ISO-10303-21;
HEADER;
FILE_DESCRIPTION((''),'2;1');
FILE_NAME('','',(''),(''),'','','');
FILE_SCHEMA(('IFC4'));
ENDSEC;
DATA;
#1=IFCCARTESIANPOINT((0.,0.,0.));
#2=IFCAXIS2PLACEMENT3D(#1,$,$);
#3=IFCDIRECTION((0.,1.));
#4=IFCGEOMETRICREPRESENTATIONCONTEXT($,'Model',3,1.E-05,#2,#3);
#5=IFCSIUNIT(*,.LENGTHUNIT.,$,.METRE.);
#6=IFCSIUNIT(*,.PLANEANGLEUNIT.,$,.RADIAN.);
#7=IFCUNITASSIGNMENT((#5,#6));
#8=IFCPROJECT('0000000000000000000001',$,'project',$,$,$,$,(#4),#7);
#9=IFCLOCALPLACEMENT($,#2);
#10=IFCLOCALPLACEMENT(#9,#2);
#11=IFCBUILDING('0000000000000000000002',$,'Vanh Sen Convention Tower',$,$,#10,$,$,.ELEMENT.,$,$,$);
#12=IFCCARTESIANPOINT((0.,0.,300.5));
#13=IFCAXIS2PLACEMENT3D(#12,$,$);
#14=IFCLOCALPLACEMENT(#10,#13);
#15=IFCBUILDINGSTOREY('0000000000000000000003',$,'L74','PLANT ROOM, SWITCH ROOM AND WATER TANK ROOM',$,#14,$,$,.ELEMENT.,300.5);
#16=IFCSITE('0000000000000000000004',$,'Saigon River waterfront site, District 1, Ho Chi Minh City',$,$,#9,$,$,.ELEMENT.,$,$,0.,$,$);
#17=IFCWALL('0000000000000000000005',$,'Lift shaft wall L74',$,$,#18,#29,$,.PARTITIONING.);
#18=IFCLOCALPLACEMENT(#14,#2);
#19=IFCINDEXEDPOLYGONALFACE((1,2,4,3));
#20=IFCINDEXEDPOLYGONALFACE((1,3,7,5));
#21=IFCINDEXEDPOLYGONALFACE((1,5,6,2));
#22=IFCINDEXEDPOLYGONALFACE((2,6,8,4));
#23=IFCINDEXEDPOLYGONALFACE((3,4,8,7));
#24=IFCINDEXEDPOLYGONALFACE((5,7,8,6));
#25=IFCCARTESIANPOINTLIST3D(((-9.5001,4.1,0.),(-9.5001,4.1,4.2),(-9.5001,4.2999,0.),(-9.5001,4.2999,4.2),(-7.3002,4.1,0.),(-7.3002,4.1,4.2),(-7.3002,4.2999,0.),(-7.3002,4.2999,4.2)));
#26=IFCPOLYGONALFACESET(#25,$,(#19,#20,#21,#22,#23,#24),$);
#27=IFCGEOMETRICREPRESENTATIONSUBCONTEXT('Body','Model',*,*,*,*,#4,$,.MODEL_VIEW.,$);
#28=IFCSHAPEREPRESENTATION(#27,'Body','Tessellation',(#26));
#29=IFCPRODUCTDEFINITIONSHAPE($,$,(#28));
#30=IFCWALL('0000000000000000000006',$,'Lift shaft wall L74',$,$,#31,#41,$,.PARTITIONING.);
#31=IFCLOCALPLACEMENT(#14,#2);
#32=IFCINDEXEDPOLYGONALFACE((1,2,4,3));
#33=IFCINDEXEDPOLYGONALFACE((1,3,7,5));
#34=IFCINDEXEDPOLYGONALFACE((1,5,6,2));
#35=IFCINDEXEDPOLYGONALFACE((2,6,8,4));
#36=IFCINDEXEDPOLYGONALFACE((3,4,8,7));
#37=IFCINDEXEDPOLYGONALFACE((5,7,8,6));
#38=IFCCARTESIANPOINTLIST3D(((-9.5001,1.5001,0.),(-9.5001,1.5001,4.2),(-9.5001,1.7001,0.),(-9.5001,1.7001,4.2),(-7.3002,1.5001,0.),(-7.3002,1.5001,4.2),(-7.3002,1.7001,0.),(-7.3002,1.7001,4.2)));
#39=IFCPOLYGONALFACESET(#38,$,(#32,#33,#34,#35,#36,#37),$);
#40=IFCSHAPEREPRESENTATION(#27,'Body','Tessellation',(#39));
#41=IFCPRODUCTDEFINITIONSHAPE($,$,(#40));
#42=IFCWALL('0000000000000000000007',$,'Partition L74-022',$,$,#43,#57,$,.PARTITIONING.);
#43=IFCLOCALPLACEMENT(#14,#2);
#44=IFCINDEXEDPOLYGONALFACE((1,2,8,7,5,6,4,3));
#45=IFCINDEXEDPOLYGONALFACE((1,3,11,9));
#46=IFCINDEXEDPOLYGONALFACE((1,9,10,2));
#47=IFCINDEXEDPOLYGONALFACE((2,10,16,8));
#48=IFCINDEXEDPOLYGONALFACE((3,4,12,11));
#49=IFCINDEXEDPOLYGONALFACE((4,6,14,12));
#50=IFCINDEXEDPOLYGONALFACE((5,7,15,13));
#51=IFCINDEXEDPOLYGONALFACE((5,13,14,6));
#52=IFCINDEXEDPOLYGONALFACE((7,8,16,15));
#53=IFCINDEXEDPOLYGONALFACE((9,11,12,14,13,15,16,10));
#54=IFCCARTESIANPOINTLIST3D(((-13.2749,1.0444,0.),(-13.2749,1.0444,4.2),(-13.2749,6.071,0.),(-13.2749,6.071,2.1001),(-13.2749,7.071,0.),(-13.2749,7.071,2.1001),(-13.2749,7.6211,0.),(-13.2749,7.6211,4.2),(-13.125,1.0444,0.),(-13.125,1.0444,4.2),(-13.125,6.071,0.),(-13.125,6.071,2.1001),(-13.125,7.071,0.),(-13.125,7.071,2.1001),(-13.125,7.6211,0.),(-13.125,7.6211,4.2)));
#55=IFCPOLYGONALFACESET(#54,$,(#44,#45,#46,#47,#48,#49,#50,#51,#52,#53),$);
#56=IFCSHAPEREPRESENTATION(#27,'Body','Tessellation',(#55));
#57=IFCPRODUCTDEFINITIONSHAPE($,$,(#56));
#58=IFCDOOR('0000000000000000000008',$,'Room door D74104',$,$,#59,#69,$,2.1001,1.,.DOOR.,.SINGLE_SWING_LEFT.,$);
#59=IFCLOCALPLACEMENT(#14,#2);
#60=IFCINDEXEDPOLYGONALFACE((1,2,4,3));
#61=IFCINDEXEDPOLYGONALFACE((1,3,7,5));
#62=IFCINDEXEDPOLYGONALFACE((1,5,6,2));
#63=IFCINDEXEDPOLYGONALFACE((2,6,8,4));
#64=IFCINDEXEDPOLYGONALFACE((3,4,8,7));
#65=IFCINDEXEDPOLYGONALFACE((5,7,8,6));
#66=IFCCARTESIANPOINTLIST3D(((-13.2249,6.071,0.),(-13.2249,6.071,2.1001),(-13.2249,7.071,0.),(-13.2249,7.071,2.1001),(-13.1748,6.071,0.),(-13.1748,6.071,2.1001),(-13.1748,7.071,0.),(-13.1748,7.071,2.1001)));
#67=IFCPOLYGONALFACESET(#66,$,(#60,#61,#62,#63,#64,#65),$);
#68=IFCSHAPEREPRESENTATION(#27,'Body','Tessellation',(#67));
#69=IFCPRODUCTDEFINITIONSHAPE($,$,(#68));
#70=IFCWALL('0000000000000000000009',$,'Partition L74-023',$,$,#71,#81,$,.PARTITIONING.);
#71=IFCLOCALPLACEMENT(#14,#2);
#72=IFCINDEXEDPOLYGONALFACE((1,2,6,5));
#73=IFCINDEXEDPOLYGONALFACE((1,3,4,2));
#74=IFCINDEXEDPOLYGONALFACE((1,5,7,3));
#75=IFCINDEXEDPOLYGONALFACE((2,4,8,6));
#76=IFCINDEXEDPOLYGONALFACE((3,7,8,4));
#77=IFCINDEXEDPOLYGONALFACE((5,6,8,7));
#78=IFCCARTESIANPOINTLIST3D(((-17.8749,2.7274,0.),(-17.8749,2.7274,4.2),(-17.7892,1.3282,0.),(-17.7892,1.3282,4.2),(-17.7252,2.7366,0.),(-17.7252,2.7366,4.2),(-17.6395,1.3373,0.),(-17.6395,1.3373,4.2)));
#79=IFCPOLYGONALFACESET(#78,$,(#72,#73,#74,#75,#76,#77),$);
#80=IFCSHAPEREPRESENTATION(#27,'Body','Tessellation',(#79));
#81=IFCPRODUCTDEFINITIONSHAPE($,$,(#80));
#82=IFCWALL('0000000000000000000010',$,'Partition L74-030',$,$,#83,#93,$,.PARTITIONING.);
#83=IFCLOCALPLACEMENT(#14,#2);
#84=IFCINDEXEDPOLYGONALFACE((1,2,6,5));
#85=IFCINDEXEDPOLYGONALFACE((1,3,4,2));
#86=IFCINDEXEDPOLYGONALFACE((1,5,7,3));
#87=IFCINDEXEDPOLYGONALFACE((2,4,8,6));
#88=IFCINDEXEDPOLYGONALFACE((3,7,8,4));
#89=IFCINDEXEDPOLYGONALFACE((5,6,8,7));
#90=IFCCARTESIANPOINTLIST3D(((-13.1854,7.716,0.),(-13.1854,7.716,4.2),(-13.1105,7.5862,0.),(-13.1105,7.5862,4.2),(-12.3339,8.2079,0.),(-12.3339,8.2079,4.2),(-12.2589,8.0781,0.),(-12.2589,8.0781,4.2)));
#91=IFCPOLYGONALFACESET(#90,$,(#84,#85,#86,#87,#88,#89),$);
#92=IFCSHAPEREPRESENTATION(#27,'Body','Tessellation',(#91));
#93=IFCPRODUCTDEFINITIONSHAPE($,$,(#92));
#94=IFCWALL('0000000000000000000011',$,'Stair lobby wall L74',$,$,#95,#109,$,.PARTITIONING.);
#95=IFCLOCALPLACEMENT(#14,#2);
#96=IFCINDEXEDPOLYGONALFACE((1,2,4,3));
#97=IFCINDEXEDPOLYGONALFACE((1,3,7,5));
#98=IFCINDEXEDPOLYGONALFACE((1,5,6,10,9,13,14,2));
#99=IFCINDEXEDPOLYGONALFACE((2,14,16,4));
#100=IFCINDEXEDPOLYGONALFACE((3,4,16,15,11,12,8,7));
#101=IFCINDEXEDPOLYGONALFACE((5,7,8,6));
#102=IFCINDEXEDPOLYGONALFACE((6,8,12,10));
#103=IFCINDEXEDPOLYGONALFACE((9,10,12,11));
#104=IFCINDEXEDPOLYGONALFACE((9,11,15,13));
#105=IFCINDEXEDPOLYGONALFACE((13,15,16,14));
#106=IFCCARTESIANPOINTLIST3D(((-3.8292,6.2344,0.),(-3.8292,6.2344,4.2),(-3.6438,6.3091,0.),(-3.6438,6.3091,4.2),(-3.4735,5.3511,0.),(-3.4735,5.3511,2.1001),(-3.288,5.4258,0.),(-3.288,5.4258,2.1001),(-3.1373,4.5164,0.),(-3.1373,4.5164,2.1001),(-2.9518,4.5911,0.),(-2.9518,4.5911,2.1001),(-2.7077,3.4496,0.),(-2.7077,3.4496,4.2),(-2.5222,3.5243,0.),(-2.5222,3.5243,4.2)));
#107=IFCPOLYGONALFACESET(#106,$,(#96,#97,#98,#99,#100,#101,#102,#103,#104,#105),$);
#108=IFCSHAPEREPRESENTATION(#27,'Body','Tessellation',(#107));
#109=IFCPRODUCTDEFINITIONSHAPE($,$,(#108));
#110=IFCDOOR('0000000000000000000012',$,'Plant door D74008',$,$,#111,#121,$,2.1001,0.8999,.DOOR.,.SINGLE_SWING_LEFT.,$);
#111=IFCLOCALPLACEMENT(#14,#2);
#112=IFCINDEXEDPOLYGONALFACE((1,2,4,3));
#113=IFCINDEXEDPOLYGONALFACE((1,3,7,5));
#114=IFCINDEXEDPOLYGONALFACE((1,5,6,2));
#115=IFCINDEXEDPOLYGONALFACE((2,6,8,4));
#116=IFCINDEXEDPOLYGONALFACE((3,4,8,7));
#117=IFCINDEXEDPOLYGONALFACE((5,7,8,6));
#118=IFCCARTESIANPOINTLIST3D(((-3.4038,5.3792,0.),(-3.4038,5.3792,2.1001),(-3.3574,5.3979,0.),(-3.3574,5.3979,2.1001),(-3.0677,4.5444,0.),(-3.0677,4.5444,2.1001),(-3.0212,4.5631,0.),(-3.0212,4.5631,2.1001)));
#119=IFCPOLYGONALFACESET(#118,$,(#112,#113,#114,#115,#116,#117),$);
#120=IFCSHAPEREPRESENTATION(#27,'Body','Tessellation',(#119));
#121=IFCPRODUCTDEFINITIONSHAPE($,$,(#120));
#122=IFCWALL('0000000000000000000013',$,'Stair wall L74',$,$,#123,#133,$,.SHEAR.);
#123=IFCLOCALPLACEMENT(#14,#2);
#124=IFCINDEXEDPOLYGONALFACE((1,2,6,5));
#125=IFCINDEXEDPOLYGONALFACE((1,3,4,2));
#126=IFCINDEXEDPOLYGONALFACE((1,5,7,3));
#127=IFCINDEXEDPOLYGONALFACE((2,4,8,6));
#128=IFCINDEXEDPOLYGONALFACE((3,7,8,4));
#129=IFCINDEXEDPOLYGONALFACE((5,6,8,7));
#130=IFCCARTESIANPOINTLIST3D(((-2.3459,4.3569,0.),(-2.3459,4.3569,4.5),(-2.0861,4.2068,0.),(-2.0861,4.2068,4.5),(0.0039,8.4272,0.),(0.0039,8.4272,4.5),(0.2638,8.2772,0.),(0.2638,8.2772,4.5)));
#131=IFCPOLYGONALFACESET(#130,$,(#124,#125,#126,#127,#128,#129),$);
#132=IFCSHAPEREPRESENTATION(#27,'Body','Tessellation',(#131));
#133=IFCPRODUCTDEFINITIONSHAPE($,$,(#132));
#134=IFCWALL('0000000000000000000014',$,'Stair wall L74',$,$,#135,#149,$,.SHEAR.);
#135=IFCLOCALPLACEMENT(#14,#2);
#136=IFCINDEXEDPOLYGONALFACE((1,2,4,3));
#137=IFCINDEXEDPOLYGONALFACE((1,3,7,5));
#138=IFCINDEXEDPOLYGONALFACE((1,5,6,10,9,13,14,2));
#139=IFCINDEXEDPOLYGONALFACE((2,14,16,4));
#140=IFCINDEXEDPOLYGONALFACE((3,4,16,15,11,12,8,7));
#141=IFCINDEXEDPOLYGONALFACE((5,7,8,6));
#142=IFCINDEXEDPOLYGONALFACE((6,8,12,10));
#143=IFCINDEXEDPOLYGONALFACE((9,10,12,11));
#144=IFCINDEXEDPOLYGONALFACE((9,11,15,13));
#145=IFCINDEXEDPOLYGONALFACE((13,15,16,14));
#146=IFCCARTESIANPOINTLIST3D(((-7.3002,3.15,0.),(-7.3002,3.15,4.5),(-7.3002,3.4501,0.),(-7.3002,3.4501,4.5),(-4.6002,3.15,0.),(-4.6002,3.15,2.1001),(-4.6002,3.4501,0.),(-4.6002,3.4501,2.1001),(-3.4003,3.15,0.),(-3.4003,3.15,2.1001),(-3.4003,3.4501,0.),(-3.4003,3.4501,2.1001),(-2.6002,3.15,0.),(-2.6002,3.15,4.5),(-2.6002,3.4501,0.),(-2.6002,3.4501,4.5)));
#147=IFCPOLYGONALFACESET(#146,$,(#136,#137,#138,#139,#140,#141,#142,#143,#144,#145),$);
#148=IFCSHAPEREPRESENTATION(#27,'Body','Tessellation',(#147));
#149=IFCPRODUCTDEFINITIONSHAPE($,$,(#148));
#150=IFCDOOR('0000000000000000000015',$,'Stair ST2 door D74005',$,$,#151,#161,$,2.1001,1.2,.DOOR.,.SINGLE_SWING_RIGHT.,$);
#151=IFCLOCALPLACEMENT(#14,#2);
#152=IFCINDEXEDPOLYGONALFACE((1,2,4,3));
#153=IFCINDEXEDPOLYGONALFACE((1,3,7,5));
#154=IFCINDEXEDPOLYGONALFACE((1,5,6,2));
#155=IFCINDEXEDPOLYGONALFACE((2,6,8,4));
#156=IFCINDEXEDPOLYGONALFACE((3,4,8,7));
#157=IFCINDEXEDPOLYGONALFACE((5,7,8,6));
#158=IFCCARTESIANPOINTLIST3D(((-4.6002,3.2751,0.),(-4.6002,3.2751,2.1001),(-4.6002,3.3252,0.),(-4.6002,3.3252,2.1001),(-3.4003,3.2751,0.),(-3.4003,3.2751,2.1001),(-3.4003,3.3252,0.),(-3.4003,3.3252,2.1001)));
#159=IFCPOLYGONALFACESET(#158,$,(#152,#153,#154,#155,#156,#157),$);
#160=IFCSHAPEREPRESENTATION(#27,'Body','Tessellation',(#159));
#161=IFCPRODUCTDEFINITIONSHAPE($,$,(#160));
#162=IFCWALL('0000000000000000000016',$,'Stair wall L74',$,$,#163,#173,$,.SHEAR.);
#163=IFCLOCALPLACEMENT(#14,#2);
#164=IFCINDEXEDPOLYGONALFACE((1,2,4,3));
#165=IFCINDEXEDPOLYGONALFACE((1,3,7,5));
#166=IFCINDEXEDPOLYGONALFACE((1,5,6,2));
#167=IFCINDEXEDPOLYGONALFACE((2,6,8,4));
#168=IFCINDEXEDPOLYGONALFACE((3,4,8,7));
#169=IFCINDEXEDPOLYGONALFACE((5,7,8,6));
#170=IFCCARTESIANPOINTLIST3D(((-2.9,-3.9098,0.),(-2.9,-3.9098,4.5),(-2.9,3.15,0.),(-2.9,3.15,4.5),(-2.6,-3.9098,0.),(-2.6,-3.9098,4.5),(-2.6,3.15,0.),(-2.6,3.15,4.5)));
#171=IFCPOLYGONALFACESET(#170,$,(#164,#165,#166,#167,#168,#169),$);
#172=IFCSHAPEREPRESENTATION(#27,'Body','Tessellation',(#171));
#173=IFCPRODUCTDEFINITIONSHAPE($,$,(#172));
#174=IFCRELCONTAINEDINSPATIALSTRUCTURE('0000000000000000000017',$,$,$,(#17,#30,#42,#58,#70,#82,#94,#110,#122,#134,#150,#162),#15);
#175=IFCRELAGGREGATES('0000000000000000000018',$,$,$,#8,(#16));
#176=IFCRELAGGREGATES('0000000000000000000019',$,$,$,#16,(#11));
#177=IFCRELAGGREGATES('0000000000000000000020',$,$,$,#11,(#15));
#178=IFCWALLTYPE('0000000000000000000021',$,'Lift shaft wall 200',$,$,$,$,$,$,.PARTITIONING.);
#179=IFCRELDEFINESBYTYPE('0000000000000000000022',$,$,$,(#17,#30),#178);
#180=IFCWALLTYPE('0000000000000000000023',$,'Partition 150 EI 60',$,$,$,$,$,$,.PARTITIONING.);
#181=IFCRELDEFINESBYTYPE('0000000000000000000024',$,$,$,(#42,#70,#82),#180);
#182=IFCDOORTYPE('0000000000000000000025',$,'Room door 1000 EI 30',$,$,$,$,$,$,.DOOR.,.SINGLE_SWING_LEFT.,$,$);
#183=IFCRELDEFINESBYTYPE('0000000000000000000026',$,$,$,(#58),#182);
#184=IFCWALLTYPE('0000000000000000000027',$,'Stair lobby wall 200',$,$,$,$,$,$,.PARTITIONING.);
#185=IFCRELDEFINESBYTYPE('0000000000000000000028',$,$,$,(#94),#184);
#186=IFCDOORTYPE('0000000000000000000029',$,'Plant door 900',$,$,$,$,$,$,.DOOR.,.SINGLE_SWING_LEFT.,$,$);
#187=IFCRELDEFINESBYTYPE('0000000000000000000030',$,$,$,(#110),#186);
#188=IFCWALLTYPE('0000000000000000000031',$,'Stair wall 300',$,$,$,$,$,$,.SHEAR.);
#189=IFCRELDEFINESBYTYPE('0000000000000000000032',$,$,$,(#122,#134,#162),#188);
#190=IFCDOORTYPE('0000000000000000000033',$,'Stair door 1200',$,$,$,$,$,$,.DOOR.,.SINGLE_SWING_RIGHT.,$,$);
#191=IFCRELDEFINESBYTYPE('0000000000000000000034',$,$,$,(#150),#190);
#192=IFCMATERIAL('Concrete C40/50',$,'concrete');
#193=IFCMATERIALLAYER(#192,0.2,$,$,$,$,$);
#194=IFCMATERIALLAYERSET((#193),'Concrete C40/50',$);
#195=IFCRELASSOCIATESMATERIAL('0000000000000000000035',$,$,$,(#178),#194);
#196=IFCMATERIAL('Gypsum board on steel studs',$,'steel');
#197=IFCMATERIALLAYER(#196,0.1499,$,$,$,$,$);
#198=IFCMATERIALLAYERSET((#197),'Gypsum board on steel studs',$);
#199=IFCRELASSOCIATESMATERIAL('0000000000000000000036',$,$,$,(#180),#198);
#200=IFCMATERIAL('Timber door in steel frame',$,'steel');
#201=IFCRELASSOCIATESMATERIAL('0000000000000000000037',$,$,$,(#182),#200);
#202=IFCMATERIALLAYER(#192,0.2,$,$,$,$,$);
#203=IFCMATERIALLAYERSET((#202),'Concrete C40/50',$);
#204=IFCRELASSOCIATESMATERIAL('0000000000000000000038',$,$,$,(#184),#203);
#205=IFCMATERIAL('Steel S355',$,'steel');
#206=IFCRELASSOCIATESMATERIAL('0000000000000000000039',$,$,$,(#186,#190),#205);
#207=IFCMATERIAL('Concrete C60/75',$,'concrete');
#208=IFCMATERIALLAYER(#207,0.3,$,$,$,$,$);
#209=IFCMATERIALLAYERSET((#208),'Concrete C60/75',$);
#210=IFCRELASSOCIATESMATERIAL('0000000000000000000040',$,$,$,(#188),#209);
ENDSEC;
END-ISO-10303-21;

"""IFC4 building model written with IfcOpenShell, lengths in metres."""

from ifc_helpers import new_model, si_unit, direction, frame, frame_2d, origin, place, context, subcontext, project, spatial, rectangle, extrude, material, layer, layer_set, type_object, element, fill, save


model = new_model("IFC4")

# Units and contexts
model_context = context("Model", 3, precision=1e-05, world=origin(), true_north=direction((0.0, 1.0)))
body_context = subcontext(model_context, "Body", "Model", "MODEL_VIEW")
ifc_project = project(units=[si_unit("LENGTHUNIT", "METRE"), si_unit("PLANEANGLEUNIT", "RADIAN")], contexts=[model_context])

# Site, building, storey
site_placement = place(None, origin())
site = spatial("IfcSite", under=ifc_project, at=site_placement, Name="Saigon River waterfront site, District 1, Ho Chi Minh City", CompositionType="ELEMENT", RefElevation=0.0)
building_placement = place(site_placement, origin())
building = spatial("IfcBuilding", under=site, at=building_placement, Name="Vanh Sen Convention Tower", CompositionType="ELEMENT")
storey_placement = place(building_placement, frame((0.0, 0.0, 300.5)))
storey = spatial("IfcBuildingStorey", under=building, at=storey_placement, Name="L74", Description="PLANT ROOM, SWITCH ROOM AND WATER TANK ROOM", CompositionType="ELEMENT", Elevation=300.5)

# Shared definitions
ifc_material_1 = material(Name="Concrete C40/50", Category="concrete")

# Shared definitions
ifc_material_2 = material(Name="Concrete C60/75", Category="concrete")

# Walls
ifc_layer_1 = layer(ifc_material_1, 0.2)
ifc_layer_set_1 = layer_set([ifc_layer_1], Name="Concrete C40/50")
wall_type_1 = type_object("IfcWallType", Name="Lift shaft wall 200", PredefinedType="PARTITIONING", material=ifc_layer_set_1)
for number, where, z_axis, x_axis, name in (
    (1, (-7.3, 4.2, 0.0), (0.0, 0.0, 1.0), (-1.0, 0.0, 0.0), "Lift shaft wall L74"),
    (2, (-7.3, 1.6001, 0.0), (0.0, 0.0, 1.0), (-1.0, 0.0, 0.0), "Lift shaft wall L74"),
):
    element("IfcWall", number, at=place(storey_placement, frame(where, z_axis=z_axis, x_axis=x_axis)), inside=storey, type_object=wall_type_1, Name=name, PredefinedType="PARTITIONING", context=body_context, shape_type="SweptSolid", body=[
        extrude(rectangle(XDim=2.2, YDim=0.2, at=frame_2d((1.1001, 0.0))), origin(), (0.0, 0.0, 1.0), 4.2),
    ])

# Wall, opening, door
ifc_material_3 = material(Name="Gypsum board on steel studs", Category="steel")
ifc_layer_2 = layer(ifc_material_3, 0.1499)
ifc_layer_set_2 = layer_set([ifc_layer_2], Name="Gypsum board on steel studs")
wall_type_2 = type_object("IfcWallType", Name="Partition 150 EI 60", PredefinedType="PARTITIONING", material=ifc_layer_set_2)
wall_1_placement = place(storey_placement, frame((-13.2, 1.0444, 0.0), z_axis=(0.0, 0.0, 1.0), x_axis=(0.0, 1.0, 0.0)))
wall_1 = element("IfcWall", 3, at=wall_1_placement, inside=storey, type_object=wall_type_2, Name="Partition L74-022", PredefinedType="PARTITIONING", context=body_context, shape_type="SweptSolid", body=[
    extrude(rectangle(XDim=6.5767, YDim=0.1499, at=frame_2d((3.2883, 0.0))), origin(), (0.0, 0.0, 1.0), 4.2),
])
opening_1_placement = place(wall_1_placement, frame((5.0266, 0.0, 0.0)))
opening_1 = element("IfcOpeningElement", 4, at=opening_1_placement, cuts=wall_1, PredefinedType="OPENING", context=body_context, shape_type="SweptSolid", body=[
    extrude(rectangle(XDim=1.0, YDim=2.1001, at=frame_2d((0.5, 1.05))), frame((0.0, 0.085, 0.0), z_axis=(0.0, -1.0, 0.0), x_axis=(1.0, 0.0, 0.0)), (0.0, 0.0, 1.0), 0.1699),
])
ifc_material_4 = material(Name="Timber door in steel frame", Category="steel")
door_type_1 = type_object("IfcDoorType", Name="Room door 1000 EI 30", OperationType="SINGLE_SWING_LEFT", PredefinedType="DOOR", material=ifc_material_4)
door_1_placement = place(opening_1_placement, origin())
door_1 = element("IfcDoor", 5, at=door_1_placement, inside=storey, type_object=door_type_1, Name="Room door D74104", OperationType="SINGLE_SWING_LEFT", OverallHeight=2.1001, OverallWidth=1.0, PredefinedType="DOOR", context=body_context, shape_type="SweptSolid", body=[
    extrude(rectangle(XDim=1.0, YDim=2.1001, at=frame_2d((0.5, 1.05))), frame((0.0, 0.0249, 0.0), z_axis=(0.0, -1.0, 0.0), x_axis=(1.0, 0.0, 0.0)), (0.0, 0.0, 1.0), 0.05),
])
fill(opening_1, door_1)

# Walls
wall_2_placement = place(storey_placement, frame((-17.7144, 1.3328, 0.0), z_axis=(0.0, 0.0, 1.0), x_axis=(-0.061131, 0.99813, 0.0)))
element("IfcWall", 6, at=wall_2_placement, inside=storey, type_object=wall_type_2, Name="Partition L74-023", PredefinedType="PARTITIONING", context=body_context, shape_type="SweptSolid", body=[
    extrude(rectangle(XDim=1.4019, YDim=0.1499, at=frame_2d((0.7009, 0.0))), origin(), (0.0, 0.0, 1.0), 4.2),
])
wall_3_placement = place(storey_placement, frame((-13.1479, 7.6511, 0.0), z_axis=(0.0, 0.0, 1.0), x_axis=(0.865896, 0.500224, 0.0)))
element("IfcWall", 7, at=wall_3_placement, inside=storey, type_object=wall_type_2, Name="Partition L74-030", PredefinedType="PARTITIONING", context=body_context, shape_type="SweptSolid", body=[
    extrude(rectangle(XDim=0.9834, YDim=0.1499, at=frame_2d((0.4917, 0.0))), origin(), (0.0, 0.0, 1.0), 4.2),
])

# Wall, opening, door
ifc_layer_3 = layer(ifc_material_1, 0.2)
ifc_layer_set_3 = layer_set([ifc_layer_3], Name="Concrete C40/50")
wall_type_3 = type_object("IfcWallType", Name="Stair lobby wall 200", PredefinedType="PARTITIONING", material=ifc_layer_set_3)
wall_4_placement = place(storey_placement, frame((-2.615, 3.4871, 0.0), z_axis=(0.0, 0.0, 1.0), x_axis=(-0.373577, 0.927599, 0.0)))
wall_4 = element("IfcWall", 8, at=wall_4_placement, inside=storey, type_object=wall_type_3, Name="Stair lobby wall L74", PredefinedType="PARTITIONING", context=body_context, shape_type="SweptSolid", body=[
    extrude(rectangle(XDim=3.0022, YDim=0.2, at=frame_2d((1.501, 0.0))), origin(), (0.0, 0.0, 1.0), 4.2),
])
opening_2_placement = place(wall_4_placement, frame((1.1499, 0.0, 0.0)))
opening_2 = element("IfcOpeningElement", 9, at=opening_2_placement, cuts=wall_4, PredefinedType="OPENING", context=body_context, shape_type="SweptSolid", body=[
    extrude(rectangle(XDim=0.8999, YDim=2.1001, at=frame_2d((0.45, 1.05))), frame((0.0, 0.1099, 0.0), z_axis=(0.0, -1.0, 0.0), x_axis=(1.0, 0.0, 0.0)), (0.0, 0.0, 1.0), 0.22),
])
ifc_material_5 = material(Name="Steel S355", Category="steel")
door_type_2 = type_object("IfcDoorType", Name="Plant door 900", OperationType="SINGLE_SWING_LEFT", PredefinedType="DOOR", material=ifc_material_5)
door_2_placement = place(opening_2_placement, origin())
door_2 = element("IfcDoor", 10, at=door_2_placement, inside=storey, type_object=door_type_2, Name="Plant door D74008", OperationType="SINGLE_SWING_LEFT", OverallHeight=2.1001, OverallWidth=0.8999, PredefinedType="DOOR", context=body_context, shape_type="SweptSolid", body=[
    extrude(rectangle(XDim=0.8999, YDim=2.1001, at=frame_2d((0.45, 1.05))), frame((0.0, 0.0249, 0.0), z_axis=(0.0, -1.0, 0.0), x_axis=(1.0, 0.0, 0.0)), (0.0, 0.0, 1.0), 0.05),
])
fill(opening_2, door_2)

# Wall
ifc_layer_4 = layer(ifc_material_2, 0.3)
ifc_layer_set_4 = layer_set([ifc_layer_4], Name="Concrete C60/75")
wall_type_4 = type_object("IfcWallType", Name="Stair wall 300", PredefinedType="SHEAR", material=ifc_layer_set_4)
wall_5_placement = place(storey_placement, frame((-2.2161, 4.2817, 0.0), z_axis=(0.0, 0.0, 1.0), x_axis=(0.499977, 0.866039, 0.0)))
element("IfcWall", 11, at=wall_5_placement, inside=storey, type_object=wall_type_4, Name="Stair wall L74", PredefinedType="SHEAR", context=body_context, shape_type="SweptSolid", body=[
    extrude(rectangle(XDim=4.7, YDim=0.3, at=frame_2d((2.3501, 0.0))), origin(), (0.0, 0.0, 1.0), 4.5),
])

# Wall, opening, door
wall_6_placement = place(storey_placement, frame((-2.6001, 3.3, 0.0), z_axis=(0.0, 0.0, 1.0), x_axis=(-1.0, 0.0, 0.0)))
wall_6 = element("IfcWall", 12, at=wall_6_placement, inside=storey, type_object=wall_type_4, Name="Stair wall L74", PredefinedType="SHEAR", context=body_context, shape_type="SweptSolid", body=[
    extrude(rectangle(XDim=4.7, YDim=0.3, at=frame_2d((2.3501, 0.0))), origin(), (0.0, 0.0, 1.0), 4.5),
])
opening_3_placement = place(wall_6_placement, frame((0.8, 0.0, 0.0)))
opening_3 = element("IfcOpeningElement", 13, at=opening_3_placement, cuts=wall_6, PredefinedType="OPENING", context=body_context, shape_type="SweptSolid", body=[
    extrude(rectangle(XDim=1.2, YDim=2.1001, at=frame_2d((0.6001, 1.05))), frame((0.0, 0.1599, 0.0), z_axis=(0.0, -1.0, 0.0), x_axis=(1.0, 0.0, 0.0)), (0.0, 0.0, 1.0), 0.3201),
])
door_type_3 = type_object("IfcDoorType", Name="Stair door 1200", OperationType="SINGLE_SWING_RIGHT", PredefinedType="DOOR", material=ifc_material_5)
door_3_placement = place(opening_3_placement, origin())
door_3 = element("IfcDoor", 14, at=door_3_placement, inside=storey, type_object=door_type_3, Name="Stair ST2 door D74005", OperationType="SINGLE_SWING_RIGHT", OverallHeight=2.1001, OverallWidth=1.2, PredefinedType="DOOR", context=body_context, shape_type="SweptSolid", body=[
    extrude(rectangle(XDim=1.2, YDim=2.1001, at=frame_2d((0.6001, 1.05))), frame((0.0, 0.0249, 0.0), z_axis=(0.0, -1.0, 0.0), x_axis=(1.0, 0.0, 0.0)), (0.0, 0.0, 1.0), 0.05),
])
fill(opening_3, door_3)

# Wall
for number, where, z_axis, x_axis, name in (
    (15, (-2.75, 3.1499, 0.0), (0.0, 0.0, 1.0), (0.0, -1.0, 0.0), "Stair wall L74"),
):
    element("IfcWall", number, at=place(storey_placement, frame(where, z_axis=z_axis, x_axis=x_axis)), inside=storey, type_object=wall_type_4, Name=name, PredefinedType="SHEAR", context=body_context, shape_type="SweptSolid", body=[
        extrude(rectangle(XDim=7.0598, YDim=0.3, at=frame_2d((3.5298, 0.0))), origin(), (0.0, 0.0, 1.0), 4.5),
    ])

save(model, "model.ifc")
